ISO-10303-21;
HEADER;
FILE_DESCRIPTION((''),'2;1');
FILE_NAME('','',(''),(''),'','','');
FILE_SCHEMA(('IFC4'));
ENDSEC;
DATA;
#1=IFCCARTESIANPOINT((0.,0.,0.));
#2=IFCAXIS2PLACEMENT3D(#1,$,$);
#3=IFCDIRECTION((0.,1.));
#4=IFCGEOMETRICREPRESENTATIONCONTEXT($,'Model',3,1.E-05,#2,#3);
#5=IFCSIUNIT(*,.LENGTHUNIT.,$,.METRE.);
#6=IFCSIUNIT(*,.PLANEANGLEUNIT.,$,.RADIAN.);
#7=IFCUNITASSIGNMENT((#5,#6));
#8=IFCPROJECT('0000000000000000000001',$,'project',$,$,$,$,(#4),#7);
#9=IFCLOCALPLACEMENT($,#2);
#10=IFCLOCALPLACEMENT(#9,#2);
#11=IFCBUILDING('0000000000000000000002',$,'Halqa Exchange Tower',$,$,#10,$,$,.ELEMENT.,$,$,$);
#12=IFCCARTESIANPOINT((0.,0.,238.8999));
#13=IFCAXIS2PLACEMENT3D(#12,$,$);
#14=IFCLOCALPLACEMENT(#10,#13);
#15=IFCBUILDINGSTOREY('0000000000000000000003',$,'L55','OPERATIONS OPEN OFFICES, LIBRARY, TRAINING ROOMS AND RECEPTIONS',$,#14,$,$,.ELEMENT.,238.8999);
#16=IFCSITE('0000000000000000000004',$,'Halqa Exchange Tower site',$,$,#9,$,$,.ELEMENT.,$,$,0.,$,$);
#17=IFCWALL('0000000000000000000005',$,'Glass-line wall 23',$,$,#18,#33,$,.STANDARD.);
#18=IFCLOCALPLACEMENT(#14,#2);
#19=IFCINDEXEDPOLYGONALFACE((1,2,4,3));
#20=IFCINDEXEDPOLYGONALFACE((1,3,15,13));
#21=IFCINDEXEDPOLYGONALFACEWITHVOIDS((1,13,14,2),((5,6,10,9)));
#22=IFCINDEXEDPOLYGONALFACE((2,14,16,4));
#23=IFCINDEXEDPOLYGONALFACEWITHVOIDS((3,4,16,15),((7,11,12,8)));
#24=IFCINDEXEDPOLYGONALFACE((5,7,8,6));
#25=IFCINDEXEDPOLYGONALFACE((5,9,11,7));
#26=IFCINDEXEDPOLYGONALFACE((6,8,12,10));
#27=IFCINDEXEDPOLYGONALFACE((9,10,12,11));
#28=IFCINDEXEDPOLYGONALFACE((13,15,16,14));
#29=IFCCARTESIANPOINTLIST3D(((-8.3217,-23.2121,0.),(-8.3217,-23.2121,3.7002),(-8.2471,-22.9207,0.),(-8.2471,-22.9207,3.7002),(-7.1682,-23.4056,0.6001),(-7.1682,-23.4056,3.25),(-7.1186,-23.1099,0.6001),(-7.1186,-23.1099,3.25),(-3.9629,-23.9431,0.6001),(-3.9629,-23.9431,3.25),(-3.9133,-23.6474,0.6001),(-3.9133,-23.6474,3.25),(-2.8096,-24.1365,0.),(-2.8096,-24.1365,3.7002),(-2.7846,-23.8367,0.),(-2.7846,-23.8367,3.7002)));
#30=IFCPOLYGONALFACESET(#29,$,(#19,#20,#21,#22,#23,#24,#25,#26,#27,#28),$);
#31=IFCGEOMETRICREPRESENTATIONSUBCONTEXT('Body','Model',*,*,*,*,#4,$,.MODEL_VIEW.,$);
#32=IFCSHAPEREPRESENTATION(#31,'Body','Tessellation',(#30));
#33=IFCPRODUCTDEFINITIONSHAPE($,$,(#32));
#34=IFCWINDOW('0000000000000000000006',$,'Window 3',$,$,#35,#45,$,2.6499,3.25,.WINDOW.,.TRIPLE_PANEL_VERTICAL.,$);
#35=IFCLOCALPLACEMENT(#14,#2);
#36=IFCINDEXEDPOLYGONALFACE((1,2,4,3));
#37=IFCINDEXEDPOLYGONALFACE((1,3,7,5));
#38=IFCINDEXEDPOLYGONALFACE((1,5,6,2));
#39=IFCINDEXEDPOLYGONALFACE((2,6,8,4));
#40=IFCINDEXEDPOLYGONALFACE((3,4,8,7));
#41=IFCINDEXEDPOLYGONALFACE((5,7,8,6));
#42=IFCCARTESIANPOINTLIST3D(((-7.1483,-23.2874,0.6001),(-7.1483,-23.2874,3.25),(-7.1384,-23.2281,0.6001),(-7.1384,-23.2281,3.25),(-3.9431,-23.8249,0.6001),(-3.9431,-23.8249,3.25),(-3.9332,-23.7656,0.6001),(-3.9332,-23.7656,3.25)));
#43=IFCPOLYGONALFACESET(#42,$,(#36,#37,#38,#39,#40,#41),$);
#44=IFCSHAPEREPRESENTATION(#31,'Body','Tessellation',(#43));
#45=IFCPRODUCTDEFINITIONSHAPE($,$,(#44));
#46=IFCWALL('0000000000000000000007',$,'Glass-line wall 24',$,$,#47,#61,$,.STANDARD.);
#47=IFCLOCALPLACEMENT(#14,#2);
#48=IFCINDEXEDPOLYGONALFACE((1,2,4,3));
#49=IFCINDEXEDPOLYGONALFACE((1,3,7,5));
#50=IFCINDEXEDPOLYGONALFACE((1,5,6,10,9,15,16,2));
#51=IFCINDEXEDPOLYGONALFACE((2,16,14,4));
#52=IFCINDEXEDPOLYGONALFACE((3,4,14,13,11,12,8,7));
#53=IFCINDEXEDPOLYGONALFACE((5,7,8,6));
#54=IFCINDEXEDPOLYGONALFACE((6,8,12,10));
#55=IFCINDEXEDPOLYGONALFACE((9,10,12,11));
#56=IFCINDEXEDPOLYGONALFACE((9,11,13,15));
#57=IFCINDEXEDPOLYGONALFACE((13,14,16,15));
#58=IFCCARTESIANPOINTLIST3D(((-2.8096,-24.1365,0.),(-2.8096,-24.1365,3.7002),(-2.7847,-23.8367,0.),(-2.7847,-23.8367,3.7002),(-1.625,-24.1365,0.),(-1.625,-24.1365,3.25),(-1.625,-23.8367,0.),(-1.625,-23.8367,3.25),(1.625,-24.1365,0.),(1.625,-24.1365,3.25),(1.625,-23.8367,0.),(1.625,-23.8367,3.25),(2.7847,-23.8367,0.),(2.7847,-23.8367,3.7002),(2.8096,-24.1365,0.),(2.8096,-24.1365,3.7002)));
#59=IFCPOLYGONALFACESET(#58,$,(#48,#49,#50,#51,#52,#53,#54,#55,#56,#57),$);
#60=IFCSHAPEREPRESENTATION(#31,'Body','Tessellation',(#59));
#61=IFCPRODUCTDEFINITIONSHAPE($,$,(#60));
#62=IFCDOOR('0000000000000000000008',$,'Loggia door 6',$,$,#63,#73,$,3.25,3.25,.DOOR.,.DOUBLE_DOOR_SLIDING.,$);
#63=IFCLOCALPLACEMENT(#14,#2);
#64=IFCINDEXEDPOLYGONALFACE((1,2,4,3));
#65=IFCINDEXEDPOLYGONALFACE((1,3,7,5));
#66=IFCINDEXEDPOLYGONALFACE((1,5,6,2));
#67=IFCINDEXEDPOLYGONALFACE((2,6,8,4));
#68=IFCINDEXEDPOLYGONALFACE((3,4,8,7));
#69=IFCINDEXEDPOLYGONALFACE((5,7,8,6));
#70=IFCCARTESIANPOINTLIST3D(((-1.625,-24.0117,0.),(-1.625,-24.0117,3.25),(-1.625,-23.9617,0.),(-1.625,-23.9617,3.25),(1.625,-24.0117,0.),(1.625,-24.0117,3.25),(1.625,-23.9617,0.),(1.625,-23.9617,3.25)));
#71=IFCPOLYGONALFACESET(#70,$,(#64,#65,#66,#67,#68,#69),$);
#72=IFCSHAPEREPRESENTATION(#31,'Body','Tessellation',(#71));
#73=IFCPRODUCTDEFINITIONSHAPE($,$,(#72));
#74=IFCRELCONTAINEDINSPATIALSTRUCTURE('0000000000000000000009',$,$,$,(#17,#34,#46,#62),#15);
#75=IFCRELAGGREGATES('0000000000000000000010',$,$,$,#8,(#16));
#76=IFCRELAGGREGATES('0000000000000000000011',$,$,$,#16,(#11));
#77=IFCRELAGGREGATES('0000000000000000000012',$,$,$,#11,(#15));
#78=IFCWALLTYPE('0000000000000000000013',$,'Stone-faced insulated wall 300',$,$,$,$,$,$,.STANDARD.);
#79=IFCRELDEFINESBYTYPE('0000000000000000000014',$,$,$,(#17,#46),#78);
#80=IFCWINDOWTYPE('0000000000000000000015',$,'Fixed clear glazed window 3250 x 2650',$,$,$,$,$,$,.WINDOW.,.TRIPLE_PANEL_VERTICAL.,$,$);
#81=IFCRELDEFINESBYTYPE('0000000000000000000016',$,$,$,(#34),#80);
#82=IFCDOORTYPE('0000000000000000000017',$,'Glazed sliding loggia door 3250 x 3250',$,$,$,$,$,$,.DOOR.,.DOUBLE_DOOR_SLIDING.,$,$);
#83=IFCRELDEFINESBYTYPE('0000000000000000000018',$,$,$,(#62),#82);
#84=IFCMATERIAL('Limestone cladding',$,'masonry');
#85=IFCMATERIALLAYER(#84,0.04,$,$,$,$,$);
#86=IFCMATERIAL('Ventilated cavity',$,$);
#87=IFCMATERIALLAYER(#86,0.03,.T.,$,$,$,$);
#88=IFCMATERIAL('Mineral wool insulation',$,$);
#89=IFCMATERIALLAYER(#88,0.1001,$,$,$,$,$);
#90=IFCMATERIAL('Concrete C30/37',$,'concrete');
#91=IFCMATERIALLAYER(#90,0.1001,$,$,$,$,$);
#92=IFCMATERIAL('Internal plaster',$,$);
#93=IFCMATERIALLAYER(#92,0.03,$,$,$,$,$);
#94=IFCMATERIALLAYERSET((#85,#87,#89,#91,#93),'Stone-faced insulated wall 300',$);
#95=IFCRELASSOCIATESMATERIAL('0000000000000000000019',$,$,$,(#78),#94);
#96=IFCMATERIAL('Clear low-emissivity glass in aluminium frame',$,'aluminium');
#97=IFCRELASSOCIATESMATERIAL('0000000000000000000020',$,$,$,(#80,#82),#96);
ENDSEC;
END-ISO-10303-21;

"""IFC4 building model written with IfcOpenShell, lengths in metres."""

from ifc_helpers import new_model, si_unit, direction, frame, frame_2d, origin, place, context, subcontext, project, spatial, polyline, rectangle, outline, extrude, material, layer, layer_set, type_object, element, fill, save


model = new_model("IFC4")

# Units and contexts
model_context = context("Model", 3, precision=1e-05, world=origin(), true_north=direction((0.0, 1.0)))
body_context = subcontext(model_context, "Body", "Model", "MODEL_VIEW")
ifc_project = project(units=[si_unit("LENGTHUNIT", "METRE"), si_unit("PLANEANGLEUNIT", "RADIAN")], contexts=[model_context])

# Site, building, storey
site_placement = place(None, origin())
site = spatial("IfcSite", under=ifc_project, at=site_placement, Name="Halqa Exchange Tower site", CompositionType="ELEMENT", RefElevation=0.0)
building_placement = place(site_placement, origin())
building = spatial("IfcBuilding", under=site, at=building_placement, Name="Halqa Exchange Tower", CompositionType="ELEMENT")
storey_placement = place(building_placement, frame((0.0, 0.0, 238.8999)))
storey = spatial("IfcBuildingStorey", under=building, at=storey_placement, Name="L55", Description="OPERATIONS OPEN OFFICES, LIBRARY, TRAINING ROOMS AND RECEPTIONS", CompositionType="ELEMENT", Elevation=238.8999)

# Shared definitions
ifc_material_1 = material(Name="Concrete C30/37", Category="concrete")

# Wall, opening, window
ifc_material_2 = material(Name="Limestone cladding", Category="masonry")
ifc_layer_1 = layer(ifc_material_2, 0.04)
ifc_material_3 = material(Name="Ventilated cavity")
ifc_layer_2 = layer(ifc_material_3, 0.03, ventilated=True)
ifc_material_4 = material(Name="Mineral wool insulation")
ifc_layer_3 = layer(ifc_material_4, 0.1001)
ifc_layer_4 = layer(ifc_material_1, 0.1001)
ifc_material_5 = material(Name="Internal plaster")
ifc_layer_5 = layer(ifc_material_5, 0.03)
ifc_layer_set_1 = layer_set([ifc_layer_1, ifc_layer_2, ifc_layer_3, ifc_layer_4, ifc_layer_5], Name="Stone-faced insulated wall 300")
wall_type_1 = type_object("IfcWallType", Name="Stone-faced insulated wall 300", PredefinedType="STANDARD", material=ifc_layer_set_1)
wall_1_placement = place(storey_placement, frame((-8.2844, -23.0664, 0.0), z_axis=(0.0, 0.0, 1.0), x_axis=(0.98623, -0.165381, 0.0)))
wall_1 = element("IfcWall", 1, at=wall_1_placement, inside=storey, type_object=wall_type_1, Name="Glass-line wall 23", PredefinedType="STANDARD", context=body_context, shape_type="SweptSolid", body=[
    extrude(outline(polyline([(-0.0127, -0.1499), (5.5764, -0.1499), (5.5515, 0.1499), (0.0127, 0.1499), (-0.0127, -0.1499)])), origin(), (0.0, 0.0, 1.0), 3.7002),
])
opening_1_placement = place(wall_1_placement, frame((1.157, 0.0, 0.6001)))
opening_1 = element("IfcOpeningElement", 2, at=opening_1_placement, cuts=wall_1, PredefinedType="OPENING", context=body_context, shape_type="SweptSolid", body=[
    extrude(rectangle(XDim=3.25, YDim=2.6499, at=frame_2d((1.625, 1.325))), frame((0.0, 0.1621, 0.0), z_axis=(0.0, -1.0, 0.0), x_axis=(1.0, 0.0, 0.0)), (0.0, 0.0, 1.0), 0.324),
])
ifc_material_6 = material(Name="Clear low-emissivity glass in aluminium frame", Category="aluminium")
window_type = type_object("IfcWindowType", Name="Fixed clear glazed window 3250 x 2650", PartitioningType="TRIPLE_PANEL_VERTICAL", PredefinedType="WINDOW", material=ifc_material_6)
window_placement = place(opening_1_placement, origin())
window = element("IfcWindow", 3, at=window_placement, inside=storey, type_object=window_type, Name="Window 3", OverallHeight=2.6499, OverallWidth=3.25, PartitioningType="TRIPLE_PANEL_VERTICAL", PredefinedType="WINDOW", context=body_context, shape_type="SweptSolid", body=[
    extrude(rectangle(XDim=3.25, YDim=2.6499, at=frame_2d((1.625, 1.325))), frame((0.0, 0.03, 0.0), z_axis=(0.0, -1.0, 0.0), x_axis=(1.0, 0.0, 0.0)), (0.0, 0.0, 1.0), 0.0601),
])
fill(opening_1, window)

# Wall, opening, door
wall_2_placement = place(storey_placement, frame((-2.7971, -23.9866, 0.0), z_axis=(0.0, 0.0, 1.0), x_axis=(1.0, 0.0, 0.0)))
wall_2 = element("IfcWall", 4, at=wall_2_placement, inside=storey, type_object=wall_type_1, Name="Glass-line wall 24", PredefinedType="STANDARD", context=body_context, shape_type="SweptSolid", body=[
    extrude(outline(polyline([(-0.0125, -0.1499), (5.6067, -0.1499), (5.5818, 0.1499), (0.0125, 0.1499), (-0.0125, -0.1499)])), origin(), (0.0, 0.0, 1.0), 3.7002),
])
opening_2_placement = place(wall_2_placement, frame((1.1721, 0.0, 0.0)))
opening_2 = element("IfcOpeningElement", 5, at=opening_2_placement, cuts=wall_2, PredefinedType="OPENING", context=body_context, shape_type="SweptSolid", body=[
    extrude(rectangle(XDim=3.25, YDim=3.25, at=frame_2d((1.625, 1.625))), frame((0.0, 0.1621, 0.0), z_axis=(0.0, -1.0, 0.0), x_axis=(1.0, 0.0, 0.0)), (0.0, 0.0, 1.0), 0.324),
])
door_type = type_object("IfcDoorType", Name="Glazed sliding loggia door 3250 x 3250", OperationType="DOUBLE_DOOR_SLIDING", PredefinedType="DOOR", material=ifc_material_6)
door_placement = place(opening_2_placement, origin())
door = element("IfcDoor", 6, at=door_placement, inside=storey, type_object=door_type, Name="Loggia door 6", OperationType="DOUBLE_DOOR_SLIDING", OverallHeight=3.25, OverallWidth=3.25, PredefinedType="DOOR", context=body_context, shape_type="SweptSolid", body=[
    extrude(rectangle(XDim=3.25, YDim=3.25, at=frame_2d((1.625, 1.625))), frame((0.0, 0.0249, 0.0), z_axis=(0.0, -1.0, 0.0), x_axis=(1.0, 0.0, 0.0)), (0.0, 0.0, 1.0), 0.05),
])
fill(opening_2, door)

save(model, "model.ifc")
